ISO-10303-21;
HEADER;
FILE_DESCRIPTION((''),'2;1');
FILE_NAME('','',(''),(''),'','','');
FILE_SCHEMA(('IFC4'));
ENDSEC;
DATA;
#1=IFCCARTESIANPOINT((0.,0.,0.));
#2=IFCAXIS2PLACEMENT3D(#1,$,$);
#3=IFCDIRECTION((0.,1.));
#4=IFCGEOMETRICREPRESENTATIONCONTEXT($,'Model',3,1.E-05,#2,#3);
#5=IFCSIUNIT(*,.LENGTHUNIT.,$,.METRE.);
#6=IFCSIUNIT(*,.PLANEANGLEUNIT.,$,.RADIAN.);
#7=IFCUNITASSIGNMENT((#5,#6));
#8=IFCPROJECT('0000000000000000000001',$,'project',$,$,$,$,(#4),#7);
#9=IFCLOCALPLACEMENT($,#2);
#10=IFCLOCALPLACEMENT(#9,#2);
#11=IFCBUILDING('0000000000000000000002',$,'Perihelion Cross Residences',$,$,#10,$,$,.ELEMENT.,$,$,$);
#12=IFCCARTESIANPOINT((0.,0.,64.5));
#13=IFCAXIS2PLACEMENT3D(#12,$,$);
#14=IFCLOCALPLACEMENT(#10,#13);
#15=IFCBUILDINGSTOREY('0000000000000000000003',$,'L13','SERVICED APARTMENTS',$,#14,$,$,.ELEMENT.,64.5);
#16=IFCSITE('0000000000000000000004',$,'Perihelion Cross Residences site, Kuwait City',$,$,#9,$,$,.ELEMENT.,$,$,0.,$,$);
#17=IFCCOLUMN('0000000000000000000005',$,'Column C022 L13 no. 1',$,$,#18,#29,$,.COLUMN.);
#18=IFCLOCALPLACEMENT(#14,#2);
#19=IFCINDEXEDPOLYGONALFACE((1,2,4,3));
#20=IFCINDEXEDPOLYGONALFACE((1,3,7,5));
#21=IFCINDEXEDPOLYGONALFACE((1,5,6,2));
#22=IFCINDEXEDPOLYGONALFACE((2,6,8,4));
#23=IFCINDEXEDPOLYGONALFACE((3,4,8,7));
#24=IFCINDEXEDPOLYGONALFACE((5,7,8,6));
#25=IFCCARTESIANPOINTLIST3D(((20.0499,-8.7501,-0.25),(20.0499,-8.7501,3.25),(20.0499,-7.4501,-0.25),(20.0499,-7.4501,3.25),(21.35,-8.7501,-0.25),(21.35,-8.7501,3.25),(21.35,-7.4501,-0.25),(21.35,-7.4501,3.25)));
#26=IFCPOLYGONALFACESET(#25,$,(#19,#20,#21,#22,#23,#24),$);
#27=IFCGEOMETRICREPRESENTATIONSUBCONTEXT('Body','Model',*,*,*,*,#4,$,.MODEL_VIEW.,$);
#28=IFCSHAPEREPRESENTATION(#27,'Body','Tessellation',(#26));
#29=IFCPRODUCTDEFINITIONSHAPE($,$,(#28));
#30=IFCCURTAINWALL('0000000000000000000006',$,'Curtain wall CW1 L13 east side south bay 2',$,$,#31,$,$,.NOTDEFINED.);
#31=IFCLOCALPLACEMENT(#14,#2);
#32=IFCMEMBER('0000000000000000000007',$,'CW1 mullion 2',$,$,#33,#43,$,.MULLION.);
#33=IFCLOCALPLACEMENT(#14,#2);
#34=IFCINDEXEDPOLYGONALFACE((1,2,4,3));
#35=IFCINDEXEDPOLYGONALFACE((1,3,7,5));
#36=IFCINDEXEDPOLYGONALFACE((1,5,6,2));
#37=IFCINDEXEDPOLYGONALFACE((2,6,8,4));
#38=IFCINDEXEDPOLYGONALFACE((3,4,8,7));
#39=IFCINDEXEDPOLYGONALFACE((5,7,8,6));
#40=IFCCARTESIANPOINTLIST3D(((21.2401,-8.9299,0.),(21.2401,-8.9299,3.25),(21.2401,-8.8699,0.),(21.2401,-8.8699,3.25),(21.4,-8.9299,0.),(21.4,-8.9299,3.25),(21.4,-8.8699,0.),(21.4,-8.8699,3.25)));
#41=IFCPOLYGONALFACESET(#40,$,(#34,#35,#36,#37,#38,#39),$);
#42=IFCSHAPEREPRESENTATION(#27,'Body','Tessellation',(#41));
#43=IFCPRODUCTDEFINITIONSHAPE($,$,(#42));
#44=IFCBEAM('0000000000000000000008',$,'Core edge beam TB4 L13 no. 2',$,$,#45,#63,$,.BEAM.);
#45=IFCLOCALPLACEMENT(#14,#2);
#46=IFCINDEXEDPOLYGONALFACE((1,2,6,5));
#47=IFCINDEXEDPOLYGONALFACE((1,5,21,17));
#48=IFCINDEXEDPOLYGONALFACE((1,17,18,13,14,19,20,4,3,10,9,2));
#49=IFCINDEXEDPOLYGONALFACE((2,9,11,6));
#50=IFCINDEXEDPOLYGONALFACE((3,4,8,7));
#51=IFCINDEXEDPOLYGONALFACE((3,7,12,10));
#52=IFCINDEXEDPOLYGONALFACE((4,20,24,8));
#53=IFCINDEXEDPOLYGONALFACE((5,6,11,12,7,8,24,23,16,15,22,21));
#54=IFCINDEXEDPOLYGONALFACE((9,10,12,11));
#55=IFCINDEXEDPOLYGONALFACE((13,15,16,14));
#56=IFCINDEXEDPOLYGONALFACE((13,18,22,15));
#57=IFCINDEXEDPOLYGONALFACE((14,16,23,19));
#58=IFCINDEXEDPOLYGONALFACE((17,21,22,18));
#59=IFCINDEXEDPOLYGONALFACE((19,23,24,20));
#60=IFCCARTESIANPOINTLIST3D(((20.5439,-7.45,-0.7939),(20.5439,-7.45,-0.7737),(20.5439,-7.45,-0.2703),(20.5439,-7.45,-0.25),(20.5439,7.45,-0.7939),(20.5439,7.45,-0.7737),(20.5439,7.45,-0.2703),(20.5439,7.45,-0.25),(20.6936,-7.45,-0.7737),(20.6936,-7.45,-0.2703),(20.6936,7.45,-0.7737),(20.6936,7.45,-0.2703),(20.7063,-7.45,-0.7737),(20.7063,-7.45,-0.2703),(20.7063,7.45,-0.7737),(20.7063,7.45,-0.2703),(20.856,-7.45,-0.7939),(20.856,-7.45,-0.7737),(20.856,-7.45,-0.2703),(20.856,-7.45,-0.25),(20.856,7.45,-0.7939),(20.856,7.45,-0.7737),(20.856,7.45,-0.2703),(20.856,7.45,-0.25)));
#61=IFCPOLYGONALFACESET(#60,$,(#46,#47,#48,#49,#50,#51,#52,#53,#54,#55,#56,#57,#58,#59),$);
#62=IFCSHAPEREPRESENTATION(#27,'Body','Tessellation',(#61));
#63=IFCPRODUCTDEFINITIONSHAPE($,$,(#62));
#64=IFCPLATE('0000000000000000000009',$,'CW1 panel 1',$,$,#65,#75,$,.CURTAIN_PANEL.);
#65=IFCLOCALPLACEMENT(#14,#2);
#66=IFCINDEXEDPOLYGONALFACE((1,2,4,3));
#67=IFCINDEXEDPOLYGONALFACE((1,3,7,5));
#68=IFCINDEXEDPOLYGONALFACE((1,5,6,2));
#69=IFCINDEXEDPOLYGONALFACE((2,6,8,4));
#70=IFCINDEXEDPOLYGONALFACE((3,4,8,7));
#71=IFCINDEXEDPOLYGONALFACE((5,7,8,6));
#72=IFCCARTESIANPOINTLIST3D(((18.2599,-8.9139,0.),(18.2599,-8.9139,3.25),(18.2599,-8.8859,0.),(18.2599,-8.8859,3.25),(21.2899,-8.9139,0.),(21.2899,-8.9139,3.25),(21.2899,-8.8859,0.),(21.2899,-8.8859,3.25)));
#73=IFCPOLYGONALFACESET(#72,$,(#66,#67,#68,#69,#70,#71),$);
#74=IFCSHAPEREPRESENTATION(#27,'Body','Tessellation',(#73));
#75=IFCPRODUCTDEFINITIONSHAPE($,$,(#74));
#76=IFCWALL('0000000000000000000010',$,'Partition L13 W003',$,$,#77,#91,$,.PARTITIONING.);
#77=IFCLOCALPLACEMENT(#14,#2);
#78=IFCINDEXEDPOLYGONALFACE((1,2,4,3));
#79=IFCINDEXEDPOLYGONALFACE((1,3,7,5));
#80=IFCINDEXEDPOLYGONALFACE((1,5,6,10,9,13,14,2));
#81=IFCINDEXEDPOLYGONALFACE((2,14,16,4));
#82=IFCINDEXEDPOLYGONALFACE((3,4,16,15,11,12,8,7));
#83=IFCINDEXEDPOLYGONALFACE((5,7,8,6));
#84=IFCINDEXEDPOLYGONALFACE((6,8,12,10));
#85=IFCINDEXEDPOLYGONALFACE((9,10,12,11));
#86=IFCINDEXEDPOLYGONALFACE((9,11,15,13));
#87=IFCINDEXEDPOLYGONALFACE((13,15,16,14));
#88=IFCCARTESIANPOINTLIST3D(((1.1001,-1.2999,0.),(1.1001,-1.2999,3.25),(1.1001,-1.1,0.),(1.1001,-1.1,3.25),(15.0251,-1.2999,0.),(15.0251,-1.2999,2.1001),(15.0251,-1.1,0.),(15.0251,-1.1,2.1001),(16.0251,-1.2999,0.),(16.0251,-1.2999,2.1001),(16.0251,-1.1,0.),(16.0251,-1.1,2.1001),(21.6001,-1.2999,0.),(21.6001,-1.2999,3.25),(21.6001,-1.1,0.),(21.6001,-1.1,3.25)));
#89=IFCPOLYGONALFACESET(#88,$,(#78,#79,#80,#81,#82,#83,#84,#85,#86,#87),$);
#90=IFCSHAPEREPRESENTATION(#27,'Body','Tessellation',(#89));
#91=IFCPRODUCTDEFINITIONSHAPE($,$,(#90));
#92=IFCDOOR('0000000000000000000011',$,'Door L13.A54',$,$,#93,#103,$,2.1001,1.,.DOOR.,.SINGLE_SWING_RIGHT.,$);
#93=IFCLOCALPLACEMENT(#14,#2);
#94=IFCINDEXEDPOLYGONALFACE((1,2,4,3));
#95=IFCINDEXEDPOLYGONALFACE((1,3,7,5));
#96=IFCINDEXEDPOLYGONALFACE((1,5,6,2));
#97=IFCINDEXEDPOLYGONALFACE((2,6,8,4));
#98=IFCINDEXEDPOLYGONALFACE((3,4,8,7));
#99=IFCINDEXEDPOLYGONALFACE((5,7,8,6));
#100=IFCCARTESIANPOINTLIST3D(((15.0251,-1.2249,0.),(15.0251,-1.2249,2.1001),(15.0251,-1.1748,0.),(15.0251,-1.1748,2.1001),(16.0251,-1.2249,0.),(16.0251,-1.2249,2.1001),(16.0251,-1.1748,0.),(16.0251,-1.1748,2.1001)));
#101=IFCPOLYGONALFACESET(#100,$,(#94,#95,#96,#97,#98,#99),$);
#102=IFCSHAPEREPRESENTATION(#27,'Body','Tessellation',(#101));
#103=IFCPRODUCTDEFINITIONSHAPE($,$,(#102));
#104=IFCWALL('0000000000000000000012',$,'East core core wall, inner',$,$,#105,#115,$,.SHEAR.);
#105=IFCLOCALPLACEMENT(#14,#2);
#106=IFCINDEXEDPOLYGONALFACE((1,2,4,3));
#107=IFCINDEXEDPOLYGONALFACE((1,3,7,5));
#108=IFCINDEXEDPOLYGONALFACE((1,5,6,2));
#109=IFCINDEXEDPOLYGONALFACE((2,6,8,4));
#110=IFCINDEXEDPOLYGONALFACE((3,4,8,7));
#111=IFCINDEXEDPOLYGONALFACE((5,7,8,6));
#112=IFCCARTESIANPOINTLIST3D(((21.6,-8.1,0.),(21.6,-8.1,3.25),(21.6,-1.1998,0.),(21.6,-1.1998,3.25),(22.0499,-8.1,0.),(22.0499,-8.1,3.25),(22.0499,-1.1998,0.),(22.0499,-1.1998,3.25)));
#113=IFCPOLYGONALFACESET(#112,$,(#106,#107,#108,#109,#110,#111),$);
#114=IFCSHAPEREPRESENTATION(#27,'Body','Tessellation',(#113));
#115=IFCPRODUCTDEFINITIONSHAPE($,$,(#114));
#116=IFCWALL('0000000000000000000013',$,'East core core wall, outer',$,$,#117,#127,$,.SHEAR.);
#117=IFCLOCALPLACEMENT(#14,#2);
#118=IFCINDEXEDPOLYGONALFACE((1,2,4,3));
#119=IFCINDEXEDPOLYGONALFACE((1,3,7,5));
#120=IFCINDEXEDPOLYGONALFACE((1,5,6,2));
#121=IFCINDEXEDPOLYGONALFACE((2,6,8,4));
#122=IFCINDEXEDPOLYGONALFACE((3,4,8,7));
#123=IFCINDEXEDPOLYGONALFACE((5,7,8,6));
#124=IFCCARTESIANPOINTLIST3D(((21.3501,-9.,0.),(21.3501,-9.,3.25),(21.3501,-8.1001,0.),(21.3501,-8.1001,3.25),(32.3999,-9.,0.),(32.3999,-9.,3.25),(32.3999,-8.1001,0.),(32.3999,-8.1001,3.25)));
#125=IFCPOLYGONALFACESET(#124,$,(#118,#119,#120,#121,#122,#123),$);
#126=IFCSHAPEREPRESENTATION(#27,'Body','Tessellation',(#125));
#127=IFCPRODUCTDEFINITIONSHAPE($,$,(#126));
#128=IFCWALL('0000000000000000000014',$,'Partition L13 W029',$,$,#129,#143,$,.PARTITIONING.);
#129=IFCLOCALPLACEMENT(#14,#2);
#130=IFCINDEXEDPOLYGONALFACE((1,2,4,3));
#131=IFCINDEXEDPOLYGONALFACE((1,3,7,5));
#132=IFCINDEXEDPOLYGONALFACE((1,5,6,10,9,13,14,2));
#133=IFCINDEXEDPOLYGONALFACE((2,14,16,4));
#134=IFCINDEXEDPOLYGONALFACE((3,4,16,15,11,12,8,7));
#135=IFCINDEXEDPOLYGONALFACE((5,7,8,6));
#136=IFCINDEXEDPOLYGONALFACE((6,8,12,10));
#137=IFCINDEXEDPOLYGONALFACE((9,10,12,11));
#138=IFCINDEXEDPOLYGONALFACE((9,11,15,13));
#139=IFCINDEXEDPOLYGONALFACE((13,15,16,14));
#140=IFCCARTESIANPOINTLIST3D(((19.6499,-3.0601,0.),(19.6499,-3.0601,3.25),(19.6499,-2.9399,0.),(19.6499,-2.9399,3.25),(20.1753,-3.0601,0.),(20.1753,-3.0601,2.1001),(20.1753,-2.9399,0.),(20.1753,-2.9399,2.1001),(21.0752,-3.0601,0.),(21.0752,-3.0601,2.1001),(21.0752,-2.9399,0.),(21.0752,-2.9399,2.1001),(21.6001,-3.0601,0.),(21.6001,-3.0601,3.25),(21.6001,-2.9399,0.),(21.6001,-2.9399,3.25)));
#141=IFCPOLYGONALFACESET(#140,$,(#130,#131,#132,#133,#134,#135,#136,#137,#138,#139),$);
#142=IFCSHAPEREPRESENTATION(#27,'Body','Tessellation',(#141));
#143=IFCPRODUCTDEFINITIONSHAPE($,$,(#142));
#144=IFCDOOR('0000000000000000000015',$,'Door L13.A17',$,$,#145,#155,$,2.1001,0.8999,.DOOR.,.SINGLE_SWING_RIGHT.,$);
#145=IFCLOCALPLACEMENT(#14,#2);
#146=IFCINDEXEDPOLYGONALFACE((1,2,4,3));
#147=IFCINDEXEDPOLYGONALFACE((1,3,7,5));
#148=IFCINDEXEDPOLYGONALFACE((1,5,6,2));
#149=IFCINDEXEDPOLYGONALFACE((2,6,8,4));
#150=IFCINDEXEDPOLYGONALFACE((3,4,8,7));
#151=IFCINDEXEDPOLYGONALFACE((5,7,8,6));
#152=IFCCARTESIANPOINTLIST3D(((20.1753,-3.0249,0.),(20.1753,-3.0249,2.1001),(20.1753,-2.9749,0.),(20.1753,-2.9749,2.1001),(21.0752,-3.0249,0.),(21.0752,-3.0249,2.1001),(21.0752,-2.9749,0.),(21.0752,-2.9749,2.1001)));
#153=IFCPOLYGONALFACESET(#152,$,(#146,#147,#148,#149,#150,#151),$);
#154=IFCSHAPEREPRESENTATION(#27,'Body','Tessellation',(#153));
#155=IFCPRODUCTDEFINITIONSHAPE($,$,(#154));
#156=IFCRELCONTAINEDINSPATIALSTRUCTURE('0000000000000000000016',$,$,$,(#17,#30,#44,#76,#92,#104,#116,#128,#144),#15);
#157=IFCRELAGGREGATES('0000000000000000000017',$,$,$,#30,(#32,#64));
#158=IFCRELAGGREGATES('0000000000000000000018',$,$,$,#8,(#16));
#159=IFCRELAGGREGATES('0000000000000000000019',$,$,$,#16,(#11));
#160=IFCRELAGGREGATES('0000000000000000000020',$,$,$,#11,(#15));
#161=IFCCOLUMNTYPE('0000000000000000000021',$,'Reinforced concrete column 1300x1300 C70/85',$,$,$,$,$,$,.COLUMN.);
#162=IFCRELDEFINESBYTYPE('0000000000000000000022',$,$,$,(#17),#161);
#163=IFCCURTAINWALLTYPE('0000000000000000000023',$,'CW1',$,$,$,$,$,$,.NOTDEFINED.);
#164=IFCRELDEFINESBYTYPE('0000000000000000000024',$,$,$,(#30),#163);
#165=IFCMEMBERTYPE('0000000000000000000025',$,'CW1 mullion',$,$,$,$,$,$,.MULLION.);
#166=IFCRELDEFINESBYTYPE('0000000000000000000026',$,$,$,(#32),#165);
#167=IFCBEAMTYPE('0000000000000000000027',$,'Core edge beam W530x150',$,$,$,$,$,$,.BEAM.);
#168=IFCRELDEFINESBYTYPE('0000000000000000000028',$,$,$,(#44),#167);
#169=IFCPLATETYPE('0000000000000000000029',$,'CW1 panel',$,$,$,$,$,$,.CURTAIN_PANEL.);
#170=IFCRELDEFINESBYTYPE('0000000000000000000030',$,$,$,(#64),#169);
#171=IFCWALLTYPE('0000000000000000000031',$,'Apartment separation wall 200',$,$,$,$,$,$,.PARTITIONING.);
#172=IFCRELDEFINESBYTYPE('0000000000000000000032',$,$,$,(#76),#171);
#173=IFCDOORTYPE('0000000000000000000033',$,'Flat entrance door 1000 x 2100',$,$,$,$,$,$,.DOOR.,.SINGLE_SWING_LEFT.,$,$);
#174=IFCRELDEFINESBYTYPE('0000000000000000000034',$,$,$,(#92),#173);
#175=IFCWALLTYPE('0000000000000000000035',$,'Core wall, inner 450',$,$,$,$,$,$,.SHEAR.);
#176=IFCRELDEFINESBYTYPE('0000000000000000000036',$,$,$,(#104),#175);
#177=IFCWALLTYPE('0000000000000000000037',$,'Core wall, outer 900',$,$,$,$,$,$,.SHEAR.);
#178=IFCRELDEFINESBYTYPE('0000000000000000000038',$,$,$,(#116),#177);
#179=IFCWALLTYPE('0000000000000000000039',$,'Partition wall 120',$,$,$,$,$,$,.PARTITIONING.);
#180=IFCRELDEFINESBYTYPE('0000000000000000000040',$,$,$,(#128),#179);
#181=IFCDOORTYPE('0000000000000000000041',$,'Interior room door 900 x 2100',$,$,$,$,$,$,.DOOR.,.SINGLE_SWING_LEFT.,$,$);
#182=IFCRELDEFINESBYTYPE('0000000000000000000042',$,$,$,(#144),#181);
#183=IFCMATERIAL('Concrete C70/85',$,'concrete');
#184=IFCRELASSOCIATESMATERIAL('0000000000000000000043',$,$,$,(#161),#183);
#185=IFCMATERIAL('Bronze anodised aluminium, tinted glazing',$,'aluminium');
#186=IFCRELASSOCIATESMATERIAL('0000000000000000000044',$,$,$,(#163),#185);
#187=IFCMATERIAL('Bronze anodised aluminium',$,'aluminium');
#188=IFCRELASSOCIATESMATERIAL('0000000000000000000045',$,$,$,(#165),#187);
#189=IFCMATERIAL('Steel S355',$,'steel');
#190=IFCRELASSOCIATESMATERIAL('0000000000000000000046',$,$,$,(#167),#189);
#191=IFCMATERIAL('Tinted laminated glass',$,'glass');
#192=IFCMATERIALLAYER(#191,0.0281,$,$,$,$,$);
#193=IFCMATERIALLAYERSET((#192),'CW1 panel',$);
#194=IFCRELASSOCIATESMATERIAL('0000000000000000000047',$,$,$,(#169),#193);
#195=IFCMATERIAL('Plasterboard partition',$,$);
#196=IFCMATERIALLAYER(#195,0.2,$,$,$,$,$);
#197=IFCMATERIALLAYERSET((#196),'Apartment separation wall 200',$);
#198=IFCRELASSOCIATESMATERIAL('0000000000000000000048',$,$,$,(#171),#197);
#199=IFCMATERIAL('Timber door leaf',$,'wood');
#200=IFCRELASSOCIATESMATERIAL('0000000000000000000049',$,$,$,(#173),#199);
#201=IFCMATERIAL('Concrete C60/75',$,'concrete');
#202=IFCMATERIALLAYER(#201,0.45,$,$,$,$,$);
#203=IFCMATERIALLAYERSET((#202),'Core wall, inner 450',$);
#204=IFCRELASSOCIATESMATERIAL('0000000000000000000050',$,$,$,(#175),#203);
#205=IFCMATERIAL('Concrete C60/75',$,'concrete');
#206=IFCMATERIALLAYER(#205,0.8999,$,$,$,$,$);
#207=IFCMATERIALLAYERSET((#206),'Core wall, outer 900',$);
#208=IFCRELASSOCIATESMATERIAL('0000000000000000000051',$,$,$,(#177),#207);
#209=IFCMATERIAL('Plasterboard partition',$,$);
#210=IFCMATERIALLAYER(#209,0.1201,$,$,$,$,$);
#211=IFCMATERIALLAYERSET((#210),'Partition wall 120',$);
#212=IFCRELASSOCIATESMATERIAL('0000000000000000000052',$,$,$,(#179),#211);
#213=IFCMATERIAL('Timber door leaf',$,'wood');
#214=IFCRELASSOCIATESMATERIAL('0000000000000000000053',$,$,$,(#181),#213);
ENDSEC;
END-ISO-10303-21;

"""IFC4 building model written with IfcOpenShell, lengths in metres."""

from ifc_helpers import new_model, si_unit, direction, frame, frame_2d, origin, origin_2d, place, context, subcontext, project, spatial, rectangle, i_section, extrude, material, layer, layer_set, material_profile, profile_set, type_object, element, fill, aggregate, save


model = new_model("IFC4")

# Units and contexts
model_context = context("Model", 3, precision=1e-05, world=origin(), true_north=direction((0.0, 1.0)))
body_context = subcontext(model_context, "Body", "Model", "MODEL_VIEW")
ifc_project = project(units=[si_unit("LENGTHUNIT", "METRE"), si_unit("PLANEANGLEUNIT", "RADIAN")], contexts=[model_context])

# Site, building, storey
site_placement = place(None, origin())
site = spatial("IfcSite", under=ifc_project, at=site_placement, Name="Perihelion Cross Residences site, Kuwait City", CompositionType="ELEMENT", RefElevation=0.0)
building_placement = place(site_placement, origin())
building = spatial("IfcBuilding", under=site, at=building_placement, Name="Perihelion Cross Residences", CompositionType="ELEMENT")
storey_placement = place(building_placement, frame((0.0, 0.0, 64.5)))
storey = spatial("IfcBuildingStorey", under=building, at=storey_placement, Name="L13", Description="SERVICED APARTMENTS", CompositionType="ELEMENT", Elevation=64.5)

# Column
ifc_material_1 = material(Name="Concrete C70/85", Category="concrete")
ifc_material_profile_1 = material_profile(ifc_material_1, rectangle(XDim=1.3, YDim=1.3, at=origin_2d()), Name="RC 1300x1300")
ifc_profile_set_1 = profile_set([ifc_material_profile_1], Name="Concrete C70/85")
column_type = type_object("IfcColumnType", Name="Reinforced concrete column 1300x1300 C70/85", PredefinedType="COLUMN", material=ifc_profile_set_1)
column_placement = place(storey_placement, frame((20.7, -8.1001, -0.25), z_axis=(0.0, 0.0, 1.0), x_axis=(1.0, 0.0, 0.0)))
element("IfcColumn", 1, at=column_placement, inside=storey, type_object=column_type, Name="Column C022 L13 no. 1", PredefinedType="COLUMN", context=body_context, shape_type="SweptSolid", body=[
    extrude(rectangle(XDim=1.3, YDim=1.3, at=origin_2d()), origin(), (0.0, 0.0, 1.0), 3.5),
])

# Curtain wall, member
ifc_material_2 = material(Name="Bronze anodised aluminium, tinted glazing", Category="aluminium")
curtain_wall_type = type_object("IfcCurtainWallType", Name="CW1", PredefinedType="NOTDEFINED", material=ifc_material_2)
curtain_wall_placement = place(storey_placement, origin())
curtain_wall = element("IfcCurtainWall", 2, at=curtain_wall_placement, inside=storey, type_object=curtain_wall_type, Name="Curtain wall CW1 L13 east side south bay 2", PredefinedType="NOTDEFINED")
ifc_material_3 = material(Name="Bronze anodised aluminium", Category="aluminium")
ifc_material_profile_2 = material_profile(ifc_material_3, rectangle(XDim=0.0601, YDim=0.1599, at=origin_2d()), Name="CW1 mullion")
ifc_profile_set_2 = profile_set([ifc_material_profile_2], Name="Bronze anodised aluminium")
member_type = type_object("IfcMemberType", Name="CW1 mullion", PredefinedType="MULLION", material=ifc_profile_set_2)
member_placement = place(storey_placement, frame((21.3201, -8.8999, 0.0), z_axis=(0.0, 0.0, 1.0), x_axis=(0.0, 1.0, 0.0)))
member = element("IfcMember", 3, at=member_placement, type_object=member_type, Name="CW1 mullion 2", PredefinedType="MULLION", context=body_context, shape_type="SweptSolid", body=[
    extrude(rectangle(XDim=0.0601, YDim=0.1599, at=origin_2d()), origin(), (0.0, 0.0, 1.0), 3.25),
])

# Beam
ifc_material_4 = material(Name="Steel S355", Category="steel")
ifc_material_profile_3 = material_profile(ifc_material_4, i_section(OverallWidth=0.312, OverallDepth=0.5439, WebThickness=0.0127, FlangeThickness=0.0203, at=origin_2d()), Name="W530x150")
ifc_profile_set_3 = profile_set([ifc_material_profile_3], Name="Steel S355")
beam_type = type_object("IfcBeamType", Name="Core edge beam W530x150", PredefinedType="BEAM", material=ifc_profile_set_3)
beam_placement = place(storey_placement, frame((20.7, -7.45, -0.522), z_axis=(0.0, 1.0, 0.0), x_axis=(-1.0, 0.0, 0.0)))
element("IfcBeam", 4, at=beam_placement, inside=storey, type_object=beam_type, Name="Core edge beam TB4 L13 no. 2", PredefinedType="BEAM", context=body_context, shape_type="SweptSolid", body=[
    extrude(i_section(OverallWidth=0.312, OverallDepth=0.5439, WebThickness=0.0127, FlangeThickness=0.0203, at=origin_2d()), origin(), (0.0, 0.0, 1.0), 14.8999),
])

# Plate
ifc_material_5 = material(Name="Tinted laminated glass", Category="glass")
ifc_layer_1 = layer(ifc_material_5, 0.0281)
ifc_layer_set_1 = layer_set([ifc_layer_1], Name="CW1 panel")
plate_type = type_object("IfcPlateType", Name="CW1 panel", PredefinedType="CURTAIN_PANEL", material=ifc_layer_set_1)
plate_placement = place(storey_placement, frame((19.7749, -8.8999, 0.0), z_axis=(0.0, 0.0, 1.0), x_axis=(1.0, 0.0, 0.0)))
plate = element("IfcPlate", 5, at=plate_placement, type_object=plate_type, Name="CW1 panel 1", PredefinedType="CURTAIN_PANEL", context=body_context, shape_type="SweptSolid", body=[
    extrude(rectangle(XDim=3.03, YDim=0.0281, at=origin_2d()), origin(), (0.0, 0.0, 1.0), 3.25),
])
aggregate(curtain_wall, [member, plate])

# Wall, opening, door
ifc_material_6 = material(Name="Plasterboard partition")
ifc_layer_2 = layer(ifc_material_6, 0.2)
ifc_layer_set_2 = layer_set([ifc_layer_2], Name="Apartment separation wall 200")
wall_type_1 = type_object("IfcWallType", Name="Apartment separation wall 200", PredefinedType="PARTITIONING", material=ifc_layer_set_2)
wall_1_placement = place(storey_placement, frame((21.6001, -1.2, 0.0), z_axis=(0.0, 0.0, 1.0), x_axis=(-1.0, 0.0, 0.0)))
wall_1 = element("IfcWall", 6, at=wall_1_placement, inside=storey, type_object=wall_type_1, Name="Partition L13 W003", PredefinedType="PARTITIONING", context=body_context, shape_type="SweptSolid", body=[
    extrude(rectangle(XDim=20.5, YDim=0.2, at=frame_2d((10.25, 0.0))), origin(), (0.0, 0.0, 1.0), 3.25),
])
opening_1_placement = place(wall_1_placement, frame((5.575, 0.0, 0.0)))
opening_1 = element("IfcOpeningElement", 7, at=opening_1_placement, cuts=wall_1, PredefinedType="OPENING", context=body_context, shape_type="SweptSolid", body=[
    extrude(rectangle(XDim=1.0, YDim=2.1001, at=frame_2d((0.5, 1.05))), frame((0.0, 0.1099, 0.0), z_axis=(0.0, -1.0, 0.0), x_axis=(1.0, 0.0, 0.0)), (0.0, 0.0, 1.0), 0.22),
])
ifc_material_7 = material(Name="Timber door leaf", Category="wood")
door_type_1 = type_object("IfcDoorType", Name="Flat entrance door 1000 x 2100", OperationType="SINGLE_SWING_LEFT", PredefinedType="DOOR", material=ifc_material_7)
door_1_placement = place(opening_1_placement, origin())
door_1 = element("IfcDoor", 8, at=door_1_placement, inside=storey, type_object=door_type_1, Name="Door L13.A54", OperationType="SINGLE_SWING_RIGHT", OverallHeight=2.1001, OverallWidth=1.0, PredefinedType="DOOR", context=body_context, shape_type="SweptSolid", body=[
    extrude(rectangle(XDim=1.0, YDim=2.1001, at=frame_2d((0.5, 1.05))), frame((0.0, 0.0249, 0.0), z_axis=(0.0, -1.0, 0.0), x_axis=(1.0, 0.0, 0.0)), (0.0, 0.0, 1.0), 0.05),
])
fill(opening_1, door_1)

# Walls
ifc_material_8 = material(Name="Concrete C60/75", Category="concrete")
ifc_layer_3 = layer(ifc_material_8, 0.45)
ifc_layer_set_3 = layer_set([ifc_layer_3], Name="Core wall, inner 450")
wall_type_2 = type_object("IfcWallType", Name="Core wall, inner 450", PredefinedType="SHEAR", material=ifc_layer_set_3)
wall_2_placement = place(storey_placement, frame((21.825, -8.1001, 0.0), z_axis=(0.0, 0.0, 1.0), x_axis=(0.0, 1.0, 0.0)))
element("IfcWall", 9, at=wall_2_placement, inside=storey, type_object=wall_type_2, Name="East core core wall, inner", PredefinedType="SHEAR", context=body_context, shape_type="SweptSolid", body=[
    extrude(rectangle(XDim=6.9001, YDim=0.45, at=frame_2d((3.4502, 0.0))), origin(), (0.0, 0.0, 1.0), 3.25),
])
ifc_material_9 = material(Name="Concrete C60/75", Category="concrete")
ifc_layer_4 = layer(ifc_material_9, 0.8999)
ifc_layer_set_4 = layer_set([ifc_layer_4], Name="Core wall, outer 900")
wall_type_3 = type_object("IfcWallType", Name="Core wall, outer 900", PredefinedType="SHEAR", material=ifc_layer_set_4)
wall_3_placement = place(storey_placement, frame((21.3501, -8.55, 0.0), z_axis=(0.0, 0.0, 1.0), x_axis=(1.0, 0.0, 0.0)))
element("IfcWall", 10, at=wall_3_placement, inside=storey, type_object=wall_type_3, Name="East core core wall, outer", PredefinedType="SHEAR", context=body_context, shape_type="SweptSolid", body=[
    extrude(rectangle(XDim=11.0498, YDim=0.8999, at=frame_2d((5.5249, 0.0))), origin(), (0.0, 0.0, 1.0), 3.25),
])

# Wall, opening, door
ifc_material_10 = material(Name="Plasterboard partition")
ifc_layer_5 = layer(ifc_material_10, 0.1201)
ifc_layer_set_5 = layer_set([ifc_layer_5], Name="Partition wall 120")
wall_type_4 = type_object("IfcWallType", Name="Partition wall 120", PredefinedType="PARTITIONING", material=ifc_layer_set_5)
wall_4_placement = place(storey_placement, frame((21.6001, -3.0, 0.0), z_axis=(0.0, 0.0, 1.0), x_axis=(-1.0, 0.0, 0.0)))
wall_4 = element("IfcWall", 11, at=wall_4_placement, inside=storey, type_object=wall_type_4, Name="Partition L13 W029", PredefinedType="PARTITIONING", context=body_context, shape_type="SweptSolid", body=[
    extrude(rectangle(XDim=1.9502, YDim=0.1201, at=frame_2d((0.9751, 0.0))), origin(), (0.0, 0.0, 1.0), 3.25),
])
opening_2_placement = place(wall_4_placement, frame((0.5249, 0.0, 0.0)))
opening_2 = element("IfcOpeningElement", 12, at=opening_2_placement, cuts=wall_4, PredefinedType="OPENING", context=body_context, shape_type="SweptSolid", body=[
    extrude(rectangle(XDim=0.8999, YDim=2.1001, at=frame_2d((0.45, 1.05))), frame((0.0, 0.0701, 0.0), z_axis=(0.0, -1.0, 0.0), x_axis=(1.0, 0.0, 0.0)), (0.0, 0.0, 1.0), 0.1401),
])
ifc_material_11 = material(Name="Timber door leaf", Category="wood")
door_type_2 = type_object("IfcDoorType", Name="Interior room door 900 x 2100", OperationType="SINGLE_SWING_LEFT", PredefinedType="DOOR", material=ifc_material_11)
door_2_placement = place(opening_2_placement, origin())
door_2 = element("IfcDoor", 13, at=door_2_placement, inside=storey, type_object=door_type_2, Name="Door L13.A17", OperationType="SINGLE_SWING_RIGHT", OverallHeight=2.1001, OverallWidth=0.8999, PredefinedType="DOOR", context=body_context, shape_type="SweptSolid", body=[
    extrude(rectangle(XDim=0.8999, YDim=2.1001, at=frame_2d((0.45, 1.05))), frame((0.0, 0.0249, 0.0), z_axis=(0.0, -1.0, 0.0), x_axis=(1.0, 0.0, 0.0)), (0.0, 0.0, 1.0), 0.05),
])
fill(opening_2, door_2)

save(model, "model.ifc")
